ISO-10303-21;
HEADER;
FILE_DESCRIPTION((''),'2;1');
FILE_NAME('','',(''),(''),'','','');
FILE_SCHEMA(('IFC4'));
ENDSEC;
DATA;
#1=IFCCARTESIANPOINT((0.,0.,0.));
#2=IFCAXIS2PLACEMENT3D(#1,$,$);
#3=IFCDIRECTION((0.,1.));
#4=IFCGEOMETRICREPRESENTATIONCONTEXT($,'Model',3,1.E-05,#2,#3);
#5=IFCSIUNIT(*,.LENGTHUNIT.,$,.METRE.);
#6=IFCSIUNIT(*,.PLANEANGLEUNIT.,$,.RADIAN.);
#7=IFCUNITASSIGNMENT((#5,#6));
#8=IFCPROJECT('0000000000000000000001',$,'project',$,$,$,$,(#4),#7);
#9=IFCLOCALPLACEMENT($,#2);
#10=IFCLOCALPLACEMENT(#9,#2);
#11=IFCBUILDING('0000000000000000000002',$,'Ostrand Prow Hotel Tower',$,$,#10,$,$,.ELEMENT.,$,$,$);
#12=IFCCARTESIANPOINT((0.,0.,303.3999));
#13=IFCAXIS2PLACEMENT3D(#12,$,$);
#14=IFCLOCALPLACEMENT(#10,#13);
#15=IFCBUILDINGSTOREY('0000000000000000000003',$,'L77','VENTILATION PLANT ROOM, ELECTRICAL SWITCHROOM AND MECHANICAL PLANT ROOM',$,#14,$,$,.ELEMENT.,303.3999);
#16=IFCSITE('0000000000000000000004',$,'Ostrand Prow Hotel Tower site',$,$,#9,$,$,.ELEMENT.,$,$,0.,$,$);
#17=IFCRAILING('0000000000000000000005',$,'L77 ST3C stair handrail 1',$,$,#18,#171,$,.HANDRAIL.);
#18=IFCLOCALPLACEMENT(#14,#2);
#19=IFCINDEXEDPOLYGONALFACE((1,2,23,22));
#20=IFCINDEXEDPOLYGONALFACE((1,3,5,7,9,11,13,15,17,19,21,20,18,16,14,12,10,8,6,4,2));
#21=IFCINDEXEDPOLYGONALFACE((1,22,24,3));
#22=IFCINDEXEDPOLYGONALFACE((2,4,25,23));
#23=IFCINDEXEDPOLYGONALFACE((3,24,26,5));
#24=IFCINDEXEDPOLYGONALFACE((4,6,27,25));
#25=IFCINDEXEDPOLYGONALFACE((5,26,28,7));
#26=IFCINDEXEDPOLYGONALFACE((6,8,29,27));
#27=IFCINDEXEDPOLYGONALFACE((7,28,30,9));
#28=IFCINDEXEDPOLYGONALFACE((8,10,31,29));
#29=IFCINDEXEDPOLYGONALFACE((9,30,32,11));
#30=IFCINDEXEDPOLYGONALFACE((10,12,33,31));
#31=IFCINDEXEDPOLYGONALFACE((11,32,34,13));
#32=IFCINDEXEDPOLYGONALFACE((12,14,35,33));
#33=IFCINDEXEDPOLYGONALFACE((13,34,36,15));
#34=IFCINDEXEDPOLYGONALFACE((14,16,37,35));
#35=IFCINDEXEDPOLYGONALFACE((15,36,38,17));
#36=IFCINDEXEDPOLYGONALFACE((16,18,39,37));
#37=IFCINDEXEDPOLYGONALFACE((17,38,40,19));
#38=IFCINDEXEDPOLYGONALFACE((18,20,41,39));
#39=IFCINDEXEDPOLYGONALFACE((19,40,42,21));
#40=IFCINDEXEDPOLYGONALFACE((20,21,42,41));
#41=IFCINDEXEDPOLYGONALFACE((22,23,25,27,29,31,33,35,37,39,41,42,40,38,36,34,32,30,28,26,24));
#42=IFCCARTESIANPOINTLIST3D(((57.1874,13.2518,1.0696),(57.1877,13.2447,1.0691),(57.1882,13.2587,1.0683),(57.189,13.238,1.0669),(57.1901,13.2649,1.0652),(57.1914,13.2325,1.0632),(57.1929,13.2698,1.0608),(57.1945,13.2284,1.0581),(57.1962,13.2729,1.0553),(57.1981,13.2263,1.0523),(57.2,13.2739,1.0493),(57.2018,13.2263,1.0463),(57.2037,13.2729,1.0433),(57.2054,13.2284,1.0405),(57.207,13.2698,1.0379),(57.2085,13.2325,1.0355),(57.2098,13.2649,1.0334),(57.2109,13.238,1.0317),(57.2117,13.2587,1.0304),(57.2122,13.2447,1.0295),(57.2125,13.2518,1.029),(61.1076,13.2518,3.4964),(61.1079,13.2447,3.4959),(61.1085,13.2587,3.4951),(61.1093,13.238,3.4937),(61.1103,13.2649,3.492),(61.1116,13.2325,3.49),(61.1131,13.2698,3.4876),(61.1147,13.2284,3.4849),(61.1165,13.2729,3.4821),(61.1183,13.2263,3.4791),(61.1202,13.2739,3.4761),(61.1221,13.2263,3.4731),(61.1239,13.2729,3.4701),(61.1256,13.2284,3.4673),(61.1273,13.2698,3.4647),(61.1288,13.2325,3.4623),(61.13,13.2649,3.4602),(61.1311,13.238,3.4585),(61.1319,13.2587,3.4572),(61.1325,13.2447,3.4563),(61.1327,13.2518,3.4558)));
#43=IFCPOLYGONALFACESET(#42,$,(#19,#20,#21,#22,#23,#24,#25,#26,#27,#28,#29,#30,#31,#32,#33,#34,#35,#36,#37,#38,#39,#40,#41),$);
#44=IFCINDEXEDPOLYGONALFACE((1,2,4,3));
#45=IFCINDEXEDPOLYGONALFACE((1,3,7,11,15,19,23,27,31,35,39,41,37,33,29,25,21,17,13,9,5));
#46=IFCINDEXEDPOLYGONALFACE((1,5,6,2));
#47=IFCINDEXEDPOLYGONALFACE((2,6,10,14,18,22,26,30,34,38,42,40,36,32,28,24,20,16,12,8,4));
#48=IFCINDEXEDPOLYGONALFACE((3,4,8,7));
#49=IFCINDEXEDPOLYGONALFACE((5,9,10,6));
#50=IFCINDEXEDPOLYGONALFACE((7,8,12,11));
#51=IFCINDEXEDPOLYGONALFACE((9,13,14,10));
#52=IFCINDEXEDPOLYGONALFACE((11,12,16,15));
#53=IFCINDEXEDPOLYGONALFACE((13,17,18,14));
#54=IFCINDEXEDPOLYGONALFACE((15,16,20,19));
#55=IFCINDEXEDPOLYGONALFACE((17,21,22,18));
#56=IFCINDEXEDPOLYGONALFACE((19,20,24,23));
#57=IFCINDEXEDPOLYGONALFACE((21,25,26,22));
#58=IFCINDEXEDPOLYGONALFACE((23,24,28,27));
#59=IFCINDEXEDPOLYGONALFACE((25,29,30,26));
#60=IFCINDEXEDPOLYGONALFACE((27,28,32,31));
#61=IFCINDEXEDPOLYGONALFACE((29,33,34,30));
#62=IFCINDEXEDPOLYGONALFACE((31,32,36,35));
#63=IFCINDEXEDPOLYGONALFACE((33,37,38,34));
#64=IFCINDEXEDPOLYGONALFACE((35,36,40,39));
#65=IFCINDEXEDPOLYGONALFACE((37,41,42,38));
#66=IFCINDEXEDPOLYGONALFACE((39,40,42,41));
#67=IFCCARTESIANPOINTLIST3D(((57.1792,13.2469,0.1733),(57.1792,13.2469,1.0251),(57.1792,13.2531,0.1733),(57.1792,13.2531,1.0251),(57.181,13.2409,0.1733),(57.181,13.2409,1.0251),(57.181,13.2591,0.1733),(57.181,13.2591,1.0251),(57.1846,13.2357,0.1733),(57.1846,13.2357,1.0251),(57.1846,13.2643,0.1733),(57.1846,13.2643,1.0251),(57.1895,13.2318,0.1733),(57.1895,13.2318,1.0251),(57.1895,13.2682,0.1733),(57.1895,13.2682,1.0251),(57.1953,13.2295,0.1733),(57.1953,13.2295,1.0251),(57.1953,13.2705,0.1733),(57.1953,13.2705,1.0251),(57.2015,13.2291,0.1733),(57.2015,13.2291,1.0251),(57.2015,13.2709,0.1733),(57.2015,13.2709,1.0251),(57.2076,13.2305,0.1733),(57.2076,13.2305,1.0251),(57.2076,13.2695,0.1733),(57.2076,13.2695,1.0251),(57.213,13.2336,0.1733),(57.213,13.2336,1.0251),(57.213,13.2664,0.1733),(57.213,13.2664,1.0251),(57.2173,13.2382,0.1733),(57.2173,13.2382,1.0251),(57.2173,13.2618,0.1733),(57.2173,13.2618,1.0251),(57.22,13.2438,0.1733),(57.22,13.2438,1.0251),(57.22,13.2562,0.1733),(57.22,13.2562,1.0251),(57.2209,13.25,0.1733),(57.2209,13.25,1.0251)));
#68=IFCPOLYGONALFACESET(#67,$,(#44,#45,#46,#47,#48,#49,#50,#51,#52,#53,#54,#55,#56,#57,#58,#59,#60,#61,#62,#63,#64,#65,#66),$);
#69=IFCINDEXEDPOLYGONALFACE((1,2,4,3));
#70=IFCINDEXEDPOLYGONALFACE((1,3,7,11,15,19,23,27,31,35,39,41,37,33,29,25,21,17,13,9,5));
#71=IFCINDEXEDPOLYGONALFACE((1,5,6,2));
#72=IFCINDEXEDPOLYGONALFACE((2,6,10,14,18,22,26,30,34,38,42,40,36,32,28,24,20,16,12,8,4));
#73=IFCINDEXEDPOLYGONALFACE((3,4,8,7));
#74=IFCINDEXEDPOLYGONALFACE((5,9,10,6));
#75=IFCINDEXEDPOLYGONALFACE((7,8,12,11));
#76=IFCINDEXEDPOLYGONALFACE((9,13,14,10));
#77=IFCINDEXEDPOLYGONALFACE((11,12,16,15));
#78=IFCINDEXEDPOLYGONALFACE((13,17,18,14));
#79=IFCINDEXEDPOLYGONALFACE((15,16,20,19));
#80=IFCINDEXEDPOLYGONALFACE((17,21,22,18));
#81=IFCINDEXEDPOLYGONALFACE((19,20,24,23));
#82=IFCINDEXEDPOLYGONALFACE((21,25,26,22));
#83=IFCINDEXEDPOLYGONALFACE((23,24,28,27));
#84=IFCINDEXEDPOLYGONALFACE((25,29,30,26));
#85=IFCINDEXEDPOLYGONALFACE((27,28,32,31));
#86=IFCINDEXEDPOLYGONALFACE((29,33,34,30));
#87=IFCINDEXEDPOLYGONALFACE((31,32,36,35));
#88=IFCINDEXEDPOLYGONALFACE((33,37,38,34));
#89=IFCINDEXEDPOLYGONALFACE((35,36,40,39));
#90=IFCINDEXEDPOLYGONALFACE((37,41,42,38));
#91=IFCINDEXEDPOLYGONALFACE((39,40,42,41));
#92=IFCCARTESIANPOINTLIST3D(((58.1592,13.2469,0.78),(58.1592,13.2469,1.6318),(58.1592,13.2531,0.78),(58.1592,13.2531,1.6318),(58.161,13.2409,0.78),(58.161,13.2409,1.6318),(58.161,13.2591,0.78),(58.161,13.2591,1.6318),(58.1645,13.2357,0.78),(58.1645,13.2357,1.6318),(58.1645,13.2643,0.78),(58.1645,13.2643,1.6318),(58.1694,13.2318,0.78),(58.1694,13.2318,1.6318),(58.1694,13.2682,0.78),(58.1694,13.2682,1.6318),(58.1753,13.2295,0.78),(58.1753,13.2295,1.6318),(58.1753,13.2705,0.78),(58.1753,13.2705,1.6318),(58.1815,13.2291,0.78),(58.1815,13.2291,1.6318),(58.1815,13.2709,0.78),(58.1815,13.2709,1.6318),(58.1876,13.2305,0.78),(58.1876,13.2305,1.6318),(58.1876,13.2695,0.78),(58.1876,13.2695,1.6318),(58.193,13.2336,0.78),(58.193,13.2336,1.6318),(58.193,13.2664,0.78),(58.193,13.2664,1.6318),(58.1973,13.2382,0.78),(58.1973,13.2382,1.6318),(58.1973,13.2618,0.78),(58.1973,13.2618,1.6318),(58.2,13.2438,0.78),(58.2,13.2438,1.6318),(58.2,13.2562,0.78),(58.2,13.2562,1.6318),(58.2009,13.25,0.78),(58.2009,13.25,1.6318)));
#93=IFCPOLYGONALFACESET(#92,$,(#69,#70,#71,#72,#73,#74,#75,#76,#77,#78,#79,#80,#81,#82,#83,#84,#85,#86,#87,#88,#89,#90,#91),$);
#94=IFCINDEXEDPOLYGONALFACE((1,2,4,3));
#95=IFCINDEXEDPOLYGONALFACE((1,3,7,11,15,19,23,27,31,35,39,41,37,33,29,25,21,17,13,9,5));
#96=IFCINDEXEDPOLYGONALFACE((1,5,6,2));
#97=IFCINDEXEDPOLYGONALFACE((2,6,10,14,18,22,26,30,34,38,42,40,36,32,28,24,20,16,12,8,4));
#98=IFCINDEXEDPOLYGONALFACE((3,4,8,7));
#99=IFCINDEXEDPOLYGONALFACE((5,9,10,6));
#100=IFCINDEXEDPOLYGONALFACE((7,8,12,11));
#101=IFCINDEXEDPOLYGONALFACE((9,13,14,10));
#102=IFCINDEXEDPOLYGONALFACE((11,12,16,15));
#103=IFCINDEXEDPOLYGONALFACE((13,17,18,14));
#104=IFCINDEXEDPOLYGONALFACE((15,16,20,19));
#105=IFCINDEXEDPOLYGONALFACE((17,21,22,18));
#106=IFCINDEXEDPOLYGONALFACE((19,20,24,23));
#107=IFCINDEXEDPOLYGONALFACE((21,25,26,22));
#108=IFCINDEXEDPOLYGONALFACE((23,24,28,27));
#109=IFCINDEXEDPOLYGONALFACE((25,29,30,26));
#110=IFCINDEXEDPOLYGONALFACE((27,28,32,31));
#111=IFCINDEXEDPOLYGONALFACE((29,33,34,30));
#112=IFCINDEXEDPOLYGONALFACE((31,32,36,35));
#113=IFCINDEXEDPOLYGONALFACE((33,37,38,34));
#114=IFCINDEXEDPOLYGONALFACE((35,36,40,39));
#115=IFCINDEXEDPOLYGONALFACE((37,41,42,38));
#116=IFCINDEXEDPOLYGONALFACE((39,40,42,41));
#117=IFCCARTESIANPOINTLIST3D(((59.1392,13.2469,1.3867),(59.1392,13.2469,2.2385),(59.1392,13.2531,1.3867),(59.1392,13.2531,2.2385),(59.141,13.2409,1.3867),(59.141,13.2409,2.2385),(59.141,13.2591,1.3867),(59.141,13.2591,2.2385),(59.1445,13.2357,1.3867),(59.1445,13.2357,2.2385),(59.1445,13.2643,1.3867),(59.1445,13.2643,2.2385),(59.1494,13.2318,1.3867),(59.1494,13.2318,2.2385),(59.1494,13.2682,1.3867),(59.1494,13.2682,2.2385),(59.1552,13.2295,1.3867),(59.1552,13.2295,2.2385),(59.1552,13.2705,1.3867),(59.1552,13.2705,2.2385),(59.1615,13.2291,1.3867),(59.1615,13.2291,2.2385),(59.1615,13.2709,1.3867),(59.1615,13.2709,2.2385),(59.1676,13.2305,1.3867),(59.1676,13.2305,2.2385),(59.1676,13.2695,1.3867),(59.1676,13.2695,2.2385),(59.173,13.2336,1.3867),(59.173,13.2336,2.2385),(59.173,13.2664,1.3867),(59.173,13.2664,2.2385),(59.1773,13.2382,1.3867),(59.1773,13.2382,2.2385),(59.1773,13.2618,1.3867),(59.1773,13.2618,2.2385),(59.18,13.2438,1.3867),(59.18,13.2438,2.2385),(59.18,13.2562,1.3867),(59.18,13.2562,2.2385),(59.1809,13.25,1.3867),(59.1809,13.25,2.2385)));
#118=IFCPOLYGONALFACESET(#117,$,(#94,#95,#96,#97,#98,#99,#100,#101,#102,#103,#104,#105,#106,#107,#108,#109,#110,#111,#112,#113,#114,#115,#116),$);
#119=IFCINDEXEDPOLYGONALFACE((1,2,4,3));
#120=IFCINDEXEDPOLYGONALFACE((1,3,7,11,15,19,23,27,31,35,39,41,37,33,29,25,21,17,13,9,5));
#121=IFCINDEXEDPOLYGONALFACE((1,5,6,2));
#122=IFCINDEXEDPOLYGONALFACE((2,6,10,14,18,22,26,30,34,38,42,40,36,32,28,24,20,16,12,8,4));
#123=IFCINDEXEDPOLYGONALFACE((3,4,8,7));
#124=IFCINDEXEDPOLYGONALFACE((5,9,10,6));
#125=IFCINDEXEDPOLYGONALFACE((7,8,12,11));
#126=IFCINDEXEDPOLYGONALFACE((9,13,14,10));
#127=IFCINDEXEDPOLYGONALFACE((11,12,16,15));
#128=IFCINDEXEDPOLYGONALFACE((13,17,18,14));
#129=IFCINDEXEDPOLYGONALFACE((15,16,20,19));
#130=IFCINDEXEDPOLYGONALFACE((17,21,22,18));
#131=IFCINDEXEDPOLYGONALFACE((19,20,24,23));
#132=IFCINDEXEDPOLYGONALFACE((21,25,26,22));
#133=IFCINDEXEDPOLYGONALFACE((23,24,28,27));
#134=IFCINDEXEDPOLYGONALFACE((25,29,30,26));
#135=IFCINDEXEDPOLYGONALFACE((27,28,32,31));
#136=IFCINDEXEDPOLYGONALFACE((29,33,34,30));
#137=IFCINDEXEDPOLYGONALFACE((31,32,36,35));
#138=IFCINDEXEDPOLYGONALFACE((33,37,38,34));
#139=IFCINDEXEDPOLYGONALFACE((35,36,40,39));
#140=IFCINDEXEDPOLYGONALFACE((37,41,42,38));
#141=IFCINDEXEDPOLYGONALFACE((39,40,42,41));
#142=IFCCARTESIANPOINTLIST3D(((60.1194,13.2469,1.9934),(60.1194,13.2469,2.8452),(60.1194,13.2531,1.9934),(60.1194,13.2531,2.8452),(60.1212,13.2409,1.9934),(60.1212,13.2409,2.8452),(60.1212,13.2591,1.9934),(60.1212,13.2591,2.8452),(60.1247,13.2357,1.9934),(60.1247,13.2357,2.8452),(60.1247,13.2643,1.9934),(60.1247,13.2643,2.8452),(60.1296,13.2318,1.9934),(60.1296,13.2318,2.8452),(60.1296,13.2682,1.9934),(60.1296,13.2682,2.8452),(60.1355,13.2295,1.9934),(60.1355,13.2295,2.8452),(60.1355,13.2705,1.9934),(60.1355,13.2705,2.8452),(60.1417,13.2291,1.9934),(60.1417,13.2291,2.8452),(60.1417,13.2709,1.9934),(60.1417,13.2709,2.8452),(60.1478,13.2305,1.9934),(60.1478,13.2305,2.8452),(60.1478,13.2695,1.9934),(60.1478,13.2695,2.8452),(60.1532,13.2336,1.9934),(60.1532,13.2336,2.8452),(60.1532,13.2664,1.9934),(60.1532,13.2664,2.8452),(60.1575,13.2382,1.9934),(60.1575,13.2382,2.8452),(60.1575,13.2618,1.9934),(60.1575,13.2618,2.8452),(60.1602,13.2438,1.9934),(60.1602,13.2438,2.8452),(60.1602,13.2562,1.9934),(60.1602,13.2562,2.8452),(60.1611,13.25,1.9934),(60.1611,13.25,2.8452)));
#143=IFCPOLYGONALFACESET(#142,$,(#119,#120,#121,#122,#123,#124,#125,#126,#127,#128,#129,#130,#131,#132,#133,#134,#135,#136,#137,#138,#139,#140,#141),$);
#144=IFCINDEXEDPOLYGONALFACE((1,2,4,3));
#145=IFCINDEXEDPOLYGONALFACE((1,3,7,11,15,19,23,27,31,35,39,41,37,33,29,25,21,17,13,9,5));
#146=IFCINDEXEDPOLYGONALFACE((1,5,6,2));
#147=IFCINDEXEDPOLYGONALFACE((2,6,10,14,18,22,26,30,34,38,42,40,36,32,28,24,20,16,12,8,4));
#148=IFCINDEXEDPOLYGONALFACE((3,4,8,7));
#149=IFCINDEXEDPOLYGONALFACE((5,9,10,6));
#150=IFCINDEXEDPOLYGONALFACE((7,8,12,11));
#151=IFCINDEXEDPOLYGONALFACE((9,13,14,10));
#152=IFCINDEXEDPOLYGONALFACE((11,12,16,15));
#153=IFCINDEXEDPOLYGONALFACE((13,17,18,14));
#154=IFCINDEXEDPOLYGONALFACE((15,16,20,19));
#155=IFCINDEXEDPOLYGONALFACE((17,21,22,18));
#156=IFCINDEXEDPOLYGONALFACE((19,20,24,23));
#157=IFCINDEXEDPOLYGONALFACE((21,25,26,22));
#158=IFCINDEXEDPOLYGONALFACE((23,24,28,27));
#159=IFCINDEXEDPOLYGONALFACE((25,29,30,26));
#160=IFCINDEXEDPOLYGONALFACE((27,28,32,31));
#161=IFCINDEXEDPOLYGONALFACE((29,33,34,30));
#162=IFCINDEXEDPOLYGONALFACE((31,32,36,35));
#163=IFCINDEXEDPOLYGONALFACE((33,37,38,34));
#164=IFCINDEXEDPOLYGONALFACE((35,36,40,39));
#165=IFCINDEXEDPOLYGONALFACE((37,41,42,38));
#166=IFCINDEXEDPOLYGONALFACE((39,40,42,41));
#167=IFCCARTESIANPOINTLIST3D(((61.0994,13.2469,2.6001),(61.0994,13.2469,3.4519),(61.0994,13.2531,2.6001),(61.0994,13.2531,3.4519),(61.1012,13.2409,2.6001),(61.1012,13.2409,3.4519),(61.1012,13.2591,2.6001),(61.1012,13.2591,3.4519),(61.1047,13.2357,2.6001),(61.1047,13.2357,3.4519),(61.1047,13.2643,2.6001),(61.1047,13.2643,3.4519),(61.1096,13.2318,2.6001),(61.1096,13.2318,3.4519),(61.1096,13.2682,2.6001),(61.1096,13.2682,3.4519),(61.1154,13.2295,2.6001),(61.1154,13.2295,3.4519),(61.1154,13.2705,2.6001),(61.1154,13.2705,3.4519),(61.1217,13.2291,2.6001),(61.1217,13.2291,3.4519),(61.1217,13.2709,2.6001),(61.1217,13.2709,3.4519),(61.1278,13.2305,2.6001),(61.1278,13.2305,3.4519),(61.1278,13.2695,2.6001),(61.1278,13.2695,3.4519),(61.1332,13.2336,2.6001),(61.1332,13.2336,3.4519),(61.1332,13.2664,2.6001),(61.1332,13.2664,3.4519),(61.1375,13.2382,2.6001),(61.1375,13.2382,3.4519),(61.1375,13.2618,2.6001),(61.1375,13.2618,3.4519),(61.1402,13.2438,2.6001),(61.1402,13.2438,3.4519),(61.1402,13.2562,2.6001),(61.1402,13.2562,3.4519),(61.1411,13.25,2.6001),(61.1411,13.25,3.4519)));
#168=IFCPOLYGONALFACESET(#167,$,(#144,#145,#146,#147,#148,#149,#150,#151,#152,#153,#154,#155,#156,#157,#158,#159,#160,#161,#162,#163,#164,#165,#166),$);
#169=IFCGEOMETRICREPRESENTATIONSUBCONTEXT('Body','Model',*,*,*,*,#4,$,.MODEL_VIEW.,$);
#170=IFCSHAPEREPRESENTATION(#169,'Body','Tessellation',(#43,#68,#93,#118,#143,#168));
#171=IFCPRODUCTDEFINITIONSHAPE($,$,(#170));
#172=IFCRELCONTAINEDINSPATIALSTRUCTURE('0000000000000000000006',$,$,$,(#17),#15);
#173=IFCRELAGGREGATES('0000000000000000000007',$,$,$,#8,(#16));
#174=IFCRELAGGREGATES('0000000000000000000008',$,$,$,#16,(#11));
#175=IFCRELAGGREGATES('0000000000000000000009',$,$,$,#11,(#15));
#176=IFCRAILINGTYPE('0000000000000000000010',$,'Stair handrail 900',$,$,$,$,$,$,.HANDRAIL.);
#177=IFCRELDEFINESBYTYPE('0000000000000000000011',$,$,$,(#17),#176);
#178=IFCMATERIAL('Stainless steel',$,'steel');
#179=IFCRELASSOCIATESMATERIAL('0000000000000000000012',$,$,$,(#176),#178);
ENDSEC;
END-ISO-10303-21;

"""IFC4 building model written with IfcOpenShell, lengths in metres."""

from ifc_helpers import new_model, si_unit, direction, frame, origin, origin_2d, place, context, subcontext, project, spatial, circle, extrude, material, type_object, element, save


model = new_model("IFC4")

# Units and contexts
model_context = context("Model", 3, precision=1e-05, world=origin(), true_north=direction((0.0, 1.0)))
body_context = subcontext(model_context, "Body", "Model", "MODEL_VIEW")
ifc_project = project(units=[si_unit("LENGTHUNIT", "METRE"), si_unit("PLANEANGLEUNIT", "RADIAN")], contexts=[model_context])

# Site, building, storey
site_placement = place(None, origin())
site = spatial("IfcSite", under=ifc_project, at=site_placement, Name="Ostrand Prow Hotel Tower site", CompositionType="ELEMENT", RefElevation=0.0)
building_placement = place(site_placement, origin())
building = spatial("IfcBuilding", under=site, at=building_placement, Name="Ostrand Prow Hotel Tower", CompositionType="ELEMENT")
storey_placement = place(building_placement, frame((0.0, 0.0, 303.3999)))
storey = spatial("IfcBuildingStorey", under=building, at=storey_placement, Name="L77", Description="VENTILATION PLANT ROOM, ELECTRICAL SWITCHROOM AND MECHANICAL PLANT ROOM", CompositionType="ELEMENT", Elevation=303.3999)

# Railing
ifc_material_1 = material(Name="Stainless steel", Category="steel")
railing_type_1 = type_object("IfcRailingType", Name="Stair handrail 900", PredefinedType="HANDRAIL", material=ifc_material_1)
railing_1_placement = place(storey_placement, frame((57.2, 13.25, 0.1733)))
element("IfcRailing", 1, at=railing_1_placement, inside=storey, type_object=railing_type_1, Name="L77 ST3C stair handrail 1", PredefinedType="HANDRAIL", context=body_context, shape_type="SweptSolid", body=[
    extrude(circle(Radius=0.0239, at=origin_2d()), frame((0.0, 0.0, 0.876), z_axis=(0.850266, 0.0, 0.526353), x_axis=(0.0, 1.0, 0.0)), (0.0, 0.0, 1.0), 4.6106),
    extrude(circle(Radius=0.021, at=origin_2d()), origin(), (0.0, 0.0, 1.0), 0.8518),
    extrude(circle(Radius=0.021, at=origin_2d()), frame((0.98, 0.0, 0.6067)), (0.0, 0.0, 1.0), 0.8518),
    extrude(circle(Radius=0.021, at=origin_2d()), frame((1.96, 0.0, 1.2134)), (0.0, 0.0, 1.0), 0.8518),
    extrude(circle(Radius=0.021, at=origin_2d()), frame((2.9402, 0.0, 1.8201)), (0.0, 0.0, 1.0), 0.8518),
    extrude(circle(Radius=0.021, at=origin_2d()), frame((3.9202, 0.0, 2.4268)), (0.0, 0.0, 1.0), 0.8518),
])

save(model, "model.ifc")
